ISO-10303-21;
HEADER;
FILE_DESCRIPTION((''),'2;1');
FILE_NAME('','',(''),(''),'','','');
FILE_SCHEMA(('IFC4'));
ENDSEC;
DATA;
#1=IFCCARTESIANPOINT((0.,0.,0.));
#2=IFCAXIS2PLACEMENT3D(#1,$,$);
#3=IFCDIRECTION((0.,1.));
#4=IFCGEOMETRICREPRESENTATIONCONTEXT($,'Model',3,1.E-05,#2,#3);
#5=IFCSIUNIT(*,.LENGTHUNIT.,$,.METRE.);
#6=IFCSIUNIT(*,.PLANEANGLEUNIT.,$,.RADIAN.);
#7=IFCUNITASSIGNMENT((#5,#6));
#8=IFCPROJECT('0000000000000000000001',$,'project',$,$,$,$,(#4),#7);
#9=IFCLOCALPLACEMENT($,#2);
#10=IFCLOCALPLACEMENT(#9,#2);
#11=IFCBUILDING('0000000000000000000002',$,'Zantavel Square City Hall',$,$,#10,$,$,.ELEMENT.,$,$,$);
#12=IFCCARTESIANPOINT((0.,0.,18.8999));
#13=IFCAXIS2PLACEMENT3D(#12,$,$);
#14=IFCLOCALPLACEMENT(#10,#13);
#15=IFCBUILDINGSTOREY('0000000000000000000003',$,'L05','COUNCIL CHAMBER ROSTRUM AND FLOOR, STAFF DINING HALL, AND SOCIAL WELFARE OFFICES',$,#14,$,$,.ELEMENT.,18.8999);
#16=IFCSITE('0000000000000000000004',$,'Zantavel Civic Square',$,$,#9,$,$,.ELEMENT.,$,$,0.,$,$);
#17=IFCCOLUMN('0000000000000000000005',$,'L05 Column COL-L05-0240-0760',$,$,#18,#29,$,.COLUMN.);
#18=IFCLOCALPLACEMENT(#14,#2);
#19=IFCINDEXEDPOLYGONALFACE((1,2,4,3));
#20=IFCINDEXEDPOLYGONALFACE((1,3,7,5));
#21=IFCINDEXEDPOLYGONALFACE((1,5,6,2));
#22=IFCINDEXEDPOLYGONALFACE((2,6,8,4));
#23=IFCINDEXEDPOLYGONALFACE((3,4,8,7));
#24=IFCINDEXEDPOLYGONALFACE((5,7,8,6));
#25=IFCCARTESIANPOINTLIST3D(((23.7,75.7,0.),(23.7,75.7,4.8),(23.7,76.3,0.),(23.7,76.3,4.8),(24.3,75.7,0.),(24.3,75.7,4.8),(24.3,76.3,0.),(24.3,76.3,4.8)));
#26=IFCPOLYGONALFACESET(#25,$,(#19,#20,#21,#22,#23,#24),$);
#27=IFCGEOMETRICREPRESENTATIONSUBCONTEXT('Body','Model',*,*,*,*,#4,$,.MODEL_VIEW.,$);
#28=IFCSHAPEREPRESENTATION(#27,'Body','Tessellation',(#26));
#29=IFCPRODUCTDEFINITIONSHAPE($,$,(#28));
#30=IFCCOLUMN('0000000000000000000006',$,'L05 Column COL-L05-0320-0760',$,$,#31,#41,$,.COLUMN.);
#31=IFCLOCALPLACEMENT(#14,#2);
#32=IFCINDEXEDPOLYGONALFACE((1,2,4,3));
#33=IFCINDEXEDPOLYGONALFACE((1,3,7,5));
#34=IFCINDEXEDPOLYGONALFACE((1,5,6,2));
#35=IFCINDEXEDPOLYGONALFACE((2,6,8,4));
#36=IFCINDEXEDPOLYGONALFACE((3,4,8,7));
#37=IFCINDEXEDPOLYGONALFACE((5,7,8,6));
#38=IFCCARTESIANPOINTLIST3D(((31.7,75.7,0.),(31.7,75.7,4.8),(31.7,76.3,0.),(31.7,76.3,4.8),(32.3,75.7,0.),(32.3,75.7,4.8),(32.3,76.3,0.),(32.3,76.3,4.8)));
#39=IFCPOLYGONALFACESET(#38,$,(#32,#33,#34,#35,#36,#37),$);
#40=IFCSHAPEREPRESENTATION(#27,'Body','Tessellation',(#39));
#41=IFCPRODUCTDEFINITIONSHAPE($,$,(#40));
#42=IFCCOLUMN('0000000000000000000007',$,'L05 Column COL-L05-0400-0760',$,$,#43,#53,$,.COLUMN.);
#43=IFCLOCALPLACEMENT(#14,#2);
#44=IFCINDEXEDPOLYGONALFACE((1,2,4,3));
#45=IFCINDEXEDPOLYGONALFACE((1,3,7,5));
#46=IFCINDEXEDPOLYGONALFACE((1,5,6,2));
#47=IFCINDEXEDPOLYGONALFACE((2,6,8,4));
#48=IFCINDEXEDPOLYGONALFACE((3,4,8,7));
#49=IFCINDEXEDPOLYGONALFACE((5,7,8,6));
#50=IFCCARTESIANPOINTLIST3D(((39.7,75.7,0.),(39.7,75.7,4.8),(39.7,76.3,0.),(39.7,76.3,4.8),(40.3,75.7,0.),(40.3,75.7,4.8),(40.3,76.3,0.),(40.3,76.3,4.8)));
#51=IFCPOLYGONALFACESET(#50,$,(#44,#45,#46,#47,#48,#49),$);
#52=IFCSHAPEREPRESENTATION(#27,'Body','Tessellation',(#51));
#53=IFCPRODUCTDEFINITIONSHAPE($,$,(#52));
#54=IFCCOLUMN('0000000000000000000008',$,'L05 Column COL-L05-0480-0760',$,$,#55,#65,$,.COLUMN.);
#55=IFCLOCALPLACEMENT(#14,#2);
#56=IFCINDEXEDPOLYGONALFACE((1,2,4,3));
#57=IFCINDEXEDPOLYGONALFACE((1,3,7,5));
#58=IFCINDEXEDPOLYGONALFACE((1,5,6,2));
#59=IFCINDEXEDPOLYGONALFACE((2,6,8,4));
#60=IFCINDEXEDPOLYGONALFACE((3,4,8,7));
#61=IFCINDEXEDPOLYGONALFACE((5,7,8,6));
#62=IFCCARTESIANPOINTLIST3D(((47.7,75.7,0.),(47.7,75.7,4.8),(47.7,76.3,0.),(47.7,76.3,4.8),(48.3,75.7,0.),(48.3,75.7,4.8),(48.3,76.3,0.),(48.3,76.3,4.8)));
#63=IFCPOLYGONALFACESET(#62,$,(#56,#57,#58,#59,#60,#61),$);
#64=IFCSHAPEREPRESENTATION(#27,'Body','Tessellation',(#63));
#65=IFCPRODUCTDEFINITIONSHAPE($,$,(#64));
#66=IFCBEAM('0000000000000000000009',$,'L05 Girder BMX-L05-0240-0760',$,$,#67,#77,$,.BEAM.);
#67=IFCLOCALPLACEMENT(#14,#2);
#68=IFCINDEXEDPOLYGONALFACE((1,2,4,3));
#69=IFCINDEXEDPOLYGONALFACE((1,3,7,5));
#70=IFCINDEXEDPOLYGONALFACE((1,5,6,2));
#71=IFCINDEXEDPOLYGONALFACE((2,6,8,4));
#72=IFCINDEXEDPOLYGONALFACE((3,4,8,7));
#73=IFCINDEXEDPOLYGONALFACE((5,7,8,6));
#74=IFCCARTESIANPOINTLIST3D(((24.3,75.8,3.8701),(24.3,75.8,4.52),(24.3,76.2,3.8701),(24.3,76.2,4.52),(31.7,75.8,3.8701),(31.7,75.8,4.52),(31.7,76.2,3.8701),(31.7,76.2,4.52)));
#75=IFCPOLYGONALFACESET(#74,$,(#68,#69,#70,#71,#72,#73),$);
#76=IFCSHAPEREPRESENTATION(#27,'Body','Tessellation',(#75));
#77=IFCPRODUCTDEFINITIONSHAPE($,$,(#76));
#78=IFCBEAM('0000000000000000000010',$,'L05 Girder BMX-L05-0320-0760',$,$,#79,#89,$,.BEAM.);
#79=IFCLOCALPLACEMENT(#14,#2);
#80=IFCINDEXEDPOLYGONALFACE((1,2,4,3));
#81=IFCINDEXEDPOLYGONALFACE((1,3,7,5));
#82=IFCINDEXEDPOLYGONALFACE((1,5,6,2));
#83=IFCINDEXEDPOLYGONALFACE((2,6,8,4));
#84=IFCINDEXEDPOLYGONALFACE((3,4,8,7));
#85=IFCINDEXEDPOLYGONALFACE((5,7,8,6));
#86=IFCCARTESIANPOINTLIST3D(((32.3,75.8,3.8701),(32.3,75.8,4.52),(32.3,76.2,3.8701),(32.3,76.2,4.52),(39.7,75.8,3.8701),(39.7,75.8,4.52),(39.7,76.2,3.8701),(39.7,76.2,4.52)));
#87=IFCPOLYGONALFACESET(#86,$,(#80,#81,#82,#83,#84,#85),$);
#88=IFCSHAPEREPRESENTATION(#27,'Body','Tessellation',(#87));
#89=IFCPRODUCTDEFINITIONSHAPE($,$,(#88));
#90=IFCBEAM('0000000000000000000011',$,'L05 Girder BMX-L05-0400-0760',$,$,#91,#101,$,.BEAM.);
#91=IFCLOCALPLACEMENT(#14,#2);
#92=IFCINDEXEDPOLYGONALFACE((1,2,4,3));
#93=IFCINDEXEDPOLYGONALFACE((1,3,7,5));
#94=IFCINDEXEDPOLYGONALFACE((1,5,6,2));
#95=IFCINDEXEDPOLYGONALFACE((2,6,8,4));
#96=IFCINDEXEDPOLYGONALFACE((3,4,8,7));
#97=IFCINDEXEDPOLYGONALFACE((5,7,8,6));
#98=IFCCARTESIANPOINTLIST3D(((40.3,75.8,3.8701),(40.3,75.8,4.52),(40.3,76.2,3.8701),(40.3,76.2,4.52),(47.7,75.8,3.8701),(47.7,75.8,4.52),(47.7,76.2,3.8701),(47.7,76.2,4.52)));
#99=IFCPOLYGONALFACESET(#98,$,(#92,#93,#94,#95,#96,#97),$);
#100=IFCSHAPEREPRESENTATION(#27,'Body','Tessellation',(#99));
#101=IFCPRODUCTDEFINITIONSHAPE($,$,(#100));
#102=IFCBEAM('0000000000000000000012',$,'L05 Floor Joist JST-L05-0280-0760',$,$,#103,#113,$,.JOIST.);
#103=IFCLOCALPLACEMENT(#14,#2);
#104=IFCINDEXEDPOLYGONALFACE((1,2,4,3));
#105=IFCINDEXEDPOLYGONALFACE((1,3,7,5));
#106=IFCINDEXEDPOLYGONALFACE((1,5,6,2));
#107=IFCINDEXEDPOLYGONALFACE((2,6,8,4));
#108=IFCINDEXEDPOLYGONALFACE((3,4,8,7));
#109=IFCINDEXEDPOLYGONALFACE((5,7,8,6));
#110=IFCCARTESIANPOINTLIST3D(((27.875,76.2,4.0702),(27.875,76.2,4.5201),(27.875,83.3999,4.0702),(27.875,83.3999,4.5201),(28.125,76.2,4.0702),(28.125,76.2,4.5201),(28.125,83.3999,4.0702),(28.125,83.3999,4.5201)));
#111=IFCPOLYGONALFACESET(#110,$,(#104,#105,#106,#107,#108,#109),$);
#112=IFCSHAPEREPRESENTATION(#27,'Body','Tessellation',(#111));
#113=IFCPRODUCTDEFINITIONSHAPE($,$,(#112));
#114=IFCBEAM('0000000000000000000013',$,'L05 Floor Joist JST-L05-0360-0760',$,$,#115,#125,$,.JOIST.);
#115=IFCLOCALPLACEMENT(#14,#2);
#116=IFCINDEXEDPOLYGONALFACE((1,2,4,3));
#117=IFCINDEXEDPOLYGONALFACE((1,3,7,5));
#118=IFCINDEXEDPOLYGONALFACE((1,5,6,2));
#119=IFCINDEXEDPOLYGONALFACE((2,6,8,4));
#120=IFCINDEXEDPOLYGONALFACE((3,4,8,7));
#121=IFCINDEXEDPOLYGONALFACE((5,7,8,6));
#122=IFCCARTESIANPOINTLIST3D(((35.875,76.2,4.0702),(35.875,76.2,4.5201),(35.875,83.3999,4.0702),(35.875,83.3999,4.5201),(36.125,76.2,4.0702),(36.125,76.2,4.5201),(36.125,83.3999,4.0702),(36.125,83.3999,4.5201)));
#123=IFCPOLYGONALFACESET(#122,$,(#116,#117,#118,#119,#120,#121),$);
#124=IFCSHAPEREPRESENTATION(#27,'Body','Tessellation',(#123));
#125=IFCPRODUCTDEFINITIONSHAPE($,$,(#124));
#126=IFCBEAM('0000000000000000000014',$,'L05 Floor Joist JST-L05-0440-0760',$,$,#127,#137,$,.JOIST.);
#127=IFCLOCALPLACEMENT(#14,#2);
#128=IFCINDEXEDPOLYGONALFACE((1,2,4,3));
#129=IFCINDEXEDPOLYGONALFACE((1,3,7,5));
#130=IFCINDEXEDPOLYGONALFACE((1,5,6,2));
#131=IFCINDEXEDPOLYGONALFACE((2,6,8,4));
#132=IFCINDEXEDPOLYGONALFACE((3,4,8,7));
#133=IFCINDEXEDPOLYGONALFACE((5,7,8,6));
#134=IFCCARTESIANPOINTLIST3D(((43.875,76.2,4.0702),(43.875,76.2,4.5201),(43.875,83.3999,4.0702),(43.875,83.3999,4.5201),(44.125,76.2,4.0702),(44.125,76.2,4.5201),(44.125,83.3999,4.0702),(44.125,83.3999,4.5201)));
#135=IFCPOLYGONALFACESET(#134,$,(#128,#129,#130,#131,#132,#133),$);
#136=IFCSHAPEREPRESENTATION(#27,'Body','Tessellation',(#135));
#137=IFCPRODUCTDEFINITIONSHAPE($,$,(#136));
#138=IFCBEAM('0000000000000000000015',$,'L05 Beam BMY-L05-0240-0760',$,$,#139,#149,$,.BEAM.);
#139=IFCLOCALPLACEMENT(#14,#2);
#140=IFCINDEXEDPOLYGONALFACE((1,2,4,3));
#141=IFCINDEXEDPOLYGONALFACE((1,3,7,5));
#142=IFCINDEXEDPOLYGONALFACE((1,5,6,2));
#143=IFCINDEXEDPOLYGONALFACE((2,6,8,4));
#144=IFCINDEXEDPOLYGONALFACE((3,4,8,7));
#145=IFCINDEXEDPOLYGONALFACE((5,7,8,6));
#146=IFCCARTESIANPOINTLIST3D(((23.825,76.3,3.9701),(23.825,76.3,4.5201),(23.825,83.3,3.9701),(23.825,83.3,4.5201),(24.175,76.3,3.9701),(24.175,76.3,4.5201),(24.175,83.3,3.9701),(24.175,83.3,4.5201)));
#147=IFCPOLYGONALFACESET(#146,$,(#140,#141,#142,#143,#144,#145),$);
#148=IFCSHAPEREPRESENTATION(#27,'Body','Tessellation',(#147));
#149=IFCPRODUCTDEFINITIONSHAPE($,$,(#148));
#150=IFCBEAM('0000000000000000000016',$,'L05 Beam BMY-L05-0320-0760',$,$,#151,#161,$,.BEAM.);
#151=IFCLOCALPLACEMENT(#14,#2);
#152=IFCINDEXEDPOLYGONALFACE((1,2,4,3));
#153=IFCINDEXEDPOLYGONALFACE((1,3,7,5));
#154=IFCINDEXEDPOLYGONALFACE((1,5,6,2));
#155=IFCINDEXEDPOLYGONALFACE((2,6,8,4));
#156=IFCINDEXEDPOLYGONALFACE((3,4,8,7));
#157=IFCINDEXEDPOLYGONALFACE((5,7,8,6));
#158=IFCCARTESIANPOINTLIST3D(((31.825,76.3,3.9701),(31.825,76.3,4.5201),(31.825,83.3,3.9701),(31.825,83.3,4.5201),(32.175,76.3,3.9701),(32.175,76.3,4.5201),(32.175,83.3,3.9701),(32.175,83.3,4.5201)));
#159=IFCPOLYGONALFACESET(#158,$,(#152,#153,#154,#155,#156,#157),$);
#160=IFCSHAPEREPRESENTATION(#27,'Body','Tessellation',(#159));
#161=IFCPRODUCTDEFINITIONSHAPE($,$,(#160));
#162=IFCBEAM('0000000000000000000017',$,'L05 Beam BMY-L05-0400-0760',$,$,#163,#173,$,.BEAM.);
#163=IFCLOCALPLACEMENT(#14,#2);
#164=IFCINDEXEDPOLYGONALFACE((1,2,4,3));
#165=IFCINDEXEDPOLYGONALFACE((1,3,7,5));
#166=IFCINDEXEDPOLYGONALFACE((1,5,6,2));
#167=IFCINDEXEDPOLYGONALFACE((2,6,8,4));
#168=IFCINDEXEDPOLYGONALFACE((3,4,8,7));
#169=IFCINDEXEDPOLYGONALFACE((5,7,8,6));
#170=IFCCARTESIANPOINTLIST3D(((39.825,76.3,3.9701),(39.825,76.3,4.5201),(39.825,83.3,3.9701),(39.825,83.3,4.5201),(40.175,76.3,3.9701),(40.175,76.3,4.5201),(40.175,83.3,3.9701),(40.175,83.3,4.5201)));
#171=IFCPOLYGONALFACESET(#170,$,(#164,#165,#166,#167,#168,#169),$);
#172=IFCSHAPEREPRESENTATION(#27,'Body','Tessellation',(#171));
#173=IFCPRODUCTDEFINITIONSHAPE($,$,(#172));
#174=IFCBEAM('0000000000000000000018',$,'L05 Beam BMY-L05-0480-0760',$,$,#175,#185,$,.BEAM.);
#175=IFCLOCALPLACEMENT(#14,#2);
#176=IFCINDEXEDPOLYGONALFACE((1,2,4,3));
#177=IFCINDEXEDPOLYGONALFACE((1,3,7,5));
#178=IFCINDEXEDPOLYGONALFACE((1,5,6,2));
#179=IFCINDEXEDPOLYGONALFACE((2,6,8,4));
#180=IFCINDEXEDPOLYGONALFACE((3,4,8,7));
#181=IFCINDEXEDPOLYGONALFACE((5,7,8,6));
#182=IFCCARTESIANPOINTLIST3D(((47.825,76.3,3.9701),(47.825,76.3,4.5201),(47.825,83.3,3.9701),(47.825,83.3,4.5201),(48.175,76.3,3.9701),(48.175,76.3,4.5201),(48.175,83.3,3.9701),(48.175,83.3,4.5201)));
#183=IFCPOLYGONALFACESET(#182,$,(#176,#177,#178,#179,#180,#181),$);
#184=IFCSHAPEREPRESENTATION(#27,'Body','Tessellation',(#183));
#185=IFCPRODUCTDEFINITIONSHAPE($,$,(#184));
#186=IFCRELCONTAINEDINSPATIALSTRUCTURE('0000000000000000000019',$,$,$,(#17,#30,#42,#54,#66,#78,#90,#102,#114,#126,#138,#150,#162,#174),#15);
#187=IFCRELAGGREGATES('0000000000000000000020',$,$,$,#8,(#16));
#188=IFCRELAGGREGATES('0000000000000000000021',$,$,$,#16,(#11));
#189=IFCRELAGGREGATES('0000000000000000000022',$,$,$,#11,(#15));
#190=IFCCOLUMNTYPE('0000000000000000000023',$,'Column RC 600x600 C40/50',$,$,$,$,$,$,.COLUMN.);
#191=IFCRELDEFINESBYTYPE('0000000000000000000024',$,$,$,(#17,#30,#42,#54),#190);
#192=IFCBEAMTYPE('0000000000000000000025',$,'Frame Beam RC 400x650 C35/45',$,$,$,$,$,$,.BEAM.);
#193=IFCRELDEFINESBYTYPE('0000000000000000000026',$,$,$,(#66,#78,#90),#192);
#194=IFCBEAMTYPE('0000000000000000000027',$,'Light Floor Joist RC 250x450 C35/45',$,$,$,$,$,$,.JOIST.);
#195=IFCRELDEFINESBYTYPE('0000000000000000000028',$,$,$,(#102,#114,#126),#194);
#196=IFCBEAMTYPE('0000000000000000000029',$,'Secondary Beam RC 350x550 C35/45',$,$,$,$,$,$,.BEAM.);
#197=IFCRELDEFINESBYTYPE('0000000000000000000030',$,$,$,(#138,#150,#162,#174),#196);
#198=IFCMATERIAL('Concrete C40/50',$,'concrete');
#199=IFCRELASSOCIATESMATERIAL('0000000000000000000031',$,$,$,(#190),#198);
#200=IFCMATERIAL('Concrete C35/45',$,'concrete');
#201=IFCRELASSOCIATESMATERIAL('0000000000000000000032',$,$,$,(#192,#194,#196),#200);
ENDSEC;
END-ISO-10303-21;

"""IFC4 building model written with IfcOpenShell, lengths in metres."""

from ifc_helpers import new_model, si_unit, direction, frame, origin, origin_2d, place, context, subcontext, project, spatial, rectangle, extrude, material, material_profile, profile_set, type_object, element, save


model = new_model("IFC4")

# Units and contexts
model_context = context("Model", 3, precision=1e-05, world=origin(), true_north=direction((0.0, 1.0)))
body_context = subcontext(model_context, "Body", "Model", "MODEL_VIEW")
ifc_project = project(units=[si_unit("LENGTHUNIT", "METRE"), si_unit("PLANEANGLEUNIT", "RADIAN")], contexts=[model_context])

# Site, building, storey
site_placement = place(None, origin())
site = spatial("IfcSite", under=ifc_project, at=site_placement, Name="Zantavel Civic Square", CompositionType="ELEMENT", RefElevation=0.0)
building_placement = place(site_placement, origin())
building = spatial("IfcBuilding", under=site, at=building_placement, Name="Zantavel Square City Hall", CompositionType="ELEMENT")
storey_placement = place(building_placement, frame((0.0, 0.0, 18.8999)))
storey = spatial("IfcBuildingStorey", under=building, at=storey_placement, Name="L05", Description="COUNCIL CHAMBER ROSTRUM AND FLOOR, STAFF DINING HALL, AND SOCIAL WELFARE OFFICES", CompositionType="ELEMENT", Elevation=18.8999)

# Columns
ifc_material_1 = material(Name="Concrete C40/50", Category="concrete")
ifc_material_profile_1 = material_profile(ifc_material_1, rectangle(XDim=0.6001, YDim=0.6001, at=origin_2d()), Name="RC 600x600")
ifc_profile_set_1 = profile_set([ifc_material_profile_1], Name="Concrete C40/50")
column_type = type_object("IfcColumnType", Name="Column RC 600x600 C40/50", PredefinedType="COLUMN", material=ifc_profile_set_1)
for number, where, z_axis, x_axis, name in (
    (1, (24.0, 76.0, 0.0), (0.0, 0.0, 1.0), (1.0, 0.0, 0.0), "L05 Column COL-L05-0240-0760"),
    (2, (32.0, 76.0, 0.0), (0.0, 0.0, 1.0), (1.0, 0.0, 0.0), "L05 Column COL-L05-0320-0760"),
    (3, (40.0, 76.0, 0.0), (0.0, 0.0, 1.0), (1.0, 0.0, 0.0), "L05 Column COL-L05-0400-0760"),
    (4, (48.0, 76.0, 0.0), (0.0, 0.0, 1.0), (1.0, 0.0, 0.0), "L05 Column COL-L05-0480-0760"),
):
    element("IfcColumn", number, at=place(storey_placement, frame(where, z_axis=z_axis, x_axis=x_axis)), inside=storey, type_object=column_type, Name=name, PredefinedType="COLUMN", context=body_context, shape_type="SweptSolid", body=[
        extrude(rectangle(XDim=0.6001, YDim=0.6001, at=origin_2d()), origin(), (0.0, 0.0, 1.0), 4.8),
    ])

# Beams
ifc_material_2 = material(Name="Concrete C35/45", Category="concrete")
ifc_material_profile_2 = material_profile(ifc_material_2, rectangle(XDim=0.3999, YDim=0.6499, at=origin_2d()), Name="RC 400x650")
ifc_profile_set_2 = profile_set([ifc_material_profile_2], Name="Concrete C35/45")
beam_type_1 = type_object("IfcBeamType", Name="Frame Beam RC 400x650 C35/45", PredefinedType="BEAM", material=ifc_profile_set_2)
for number, where, z_axis, x_axis, name in (
    (5, (24.3, 76.0, 4.1951), (1.0, 0.0, 0.0), (0.0, 1.0, 0.0), "L05 Girder BMX-L05-0240-0760"),
    (6, (32.3, 76.0, 4.1951), (1.0, 0.0, 0.0), (0.0, 1.0, 0.0), "L05 Girder BMX-L05-0320-0760"),
    (7, (40.3, 76.0, 4.1951), (1.0, 0.0, 0.0), (0.0, 1.0, 0.0), "L05 Girder BMX-L05-0400-0760"),
):
    element("IfcBeam", number, at=place(storey_placement, frame(where, z_axis=z_axis, x_axis=x_axis)), inside=storey, type_object=beam_type_1, Name=name, PredefinedType="BEAM", context=body_context, shape_type="SweptSolid", body=[
        extrude(rectangle(XDim=0.3999, YDim=0.6499, at=origin_2d()), origin(), (0.0, 0.0, 1.0), 7.3999),
    ])
ifc_material_profile_3 = material_profile(ifc_material_2, rectangle(XDim=0.25, YDim=0.45, at=origin_2d()), Name="RC 250x450")
ifc_profile_set_3 = profile_set([ifc_material_profile_3], Name="Concrete C35/45")
beam_type_2 = type_object("IfcBeamType", Name="Light Floor Joist RC 250x450 C35/45", PredefinedType="JOIST", material=ifc_profile_set_3)
for number, where, z_axis, x_axis, name in (
    (8, (28.0, 76.2, 4.2952), (0.0, 1.0, 0.0), (-1.0, 0.0, 0.0), "L05 Floor Joist JST-L05-0280-0760"),
    (9, (36.0, 76.2, 4.2952), (0.0, 1.0, 0.0), (-1.0, 0.0, 0.0), "L05 Floor Joist JST-L05-0360-0760"),
    (10, (44.0, 76.2, 4.2952), (0.0, 1.0, 0.0), (-1.0, 0.0, 0.0), "L05 Floor Joist JST-L05-0440-0760"),
):
    element("IfcBeam", number, at=place(storey_placement, frame(where, z_axis=z_axis, x_axis=x_axis)), inside=storey, type_object=beam_type_2, Name=name, PredefinedType="JOIST", context=body_context, shape_type="SweptSolid", body=[
        extrude(rectangle(XDim=0.25, YDim=0.45, at=origin_2d()), origin(), (0.0, 0.0, 1.0), 7.2),
    ])
ifc_material_profile_4 = material_profile(ifc_material_2, rectangle(XDim=0.3501, YDim=0.55, at=origin_2d()), Name="RC 350x550")
ifc_profile_set_4 = profile_set([ifc_material_profile_4], Name="Concrete C35/45")
beam_type_3 = type_object("IfcBeamType", Name="Secondary Beam RC 350x550 C35/45", PredefinedType="BEAM", material=ifc_profile_set_4)
for number, where, z_axis, x_axis, name in (
    (11, (24.0, 76.3, 4.2451), (0.0, 1.0, 0.0), (-1.0, 0.0, 0.0), "L05 Beam BMY-L05-0240-0760"),
    (12, (32.0, 76.3, 4.2451), (0.0, 1.0, 0.0), (-1.0, 0.0, 0.0), "L05 Beam BMY-L05-0320-0760"),
    (13, (40.0, 76.3, 4.2451), (0.0, 1.0, 0.0), (-1.0, 0.0, 0.0), "L05 Beam BMY-L05-0400-0760"),
    (14, (48.0, 76.3, 4.2451), (0.0, 1.0, 0.0), (-1.0, 0.0, 0.0), "L05 Beam BMY-L05-0480-0760"),
):
    element("IfcBeam", number, at=place(storey_placement, frame(where, z_axis=z_axis, x_axis=x_axis)), inside=storey, type_object=beam_type_3, Name=name, PredefinedType="BEAM", context=body_context, shape_type="SweptSolid", body=[
        extrude(rectangle(XDim=0.3501, YDim=0.55, at=origin_2d()), origin(), (0.0, 0.0, 1.0), 7.0),
    ])

save(model, "model.ifc")
